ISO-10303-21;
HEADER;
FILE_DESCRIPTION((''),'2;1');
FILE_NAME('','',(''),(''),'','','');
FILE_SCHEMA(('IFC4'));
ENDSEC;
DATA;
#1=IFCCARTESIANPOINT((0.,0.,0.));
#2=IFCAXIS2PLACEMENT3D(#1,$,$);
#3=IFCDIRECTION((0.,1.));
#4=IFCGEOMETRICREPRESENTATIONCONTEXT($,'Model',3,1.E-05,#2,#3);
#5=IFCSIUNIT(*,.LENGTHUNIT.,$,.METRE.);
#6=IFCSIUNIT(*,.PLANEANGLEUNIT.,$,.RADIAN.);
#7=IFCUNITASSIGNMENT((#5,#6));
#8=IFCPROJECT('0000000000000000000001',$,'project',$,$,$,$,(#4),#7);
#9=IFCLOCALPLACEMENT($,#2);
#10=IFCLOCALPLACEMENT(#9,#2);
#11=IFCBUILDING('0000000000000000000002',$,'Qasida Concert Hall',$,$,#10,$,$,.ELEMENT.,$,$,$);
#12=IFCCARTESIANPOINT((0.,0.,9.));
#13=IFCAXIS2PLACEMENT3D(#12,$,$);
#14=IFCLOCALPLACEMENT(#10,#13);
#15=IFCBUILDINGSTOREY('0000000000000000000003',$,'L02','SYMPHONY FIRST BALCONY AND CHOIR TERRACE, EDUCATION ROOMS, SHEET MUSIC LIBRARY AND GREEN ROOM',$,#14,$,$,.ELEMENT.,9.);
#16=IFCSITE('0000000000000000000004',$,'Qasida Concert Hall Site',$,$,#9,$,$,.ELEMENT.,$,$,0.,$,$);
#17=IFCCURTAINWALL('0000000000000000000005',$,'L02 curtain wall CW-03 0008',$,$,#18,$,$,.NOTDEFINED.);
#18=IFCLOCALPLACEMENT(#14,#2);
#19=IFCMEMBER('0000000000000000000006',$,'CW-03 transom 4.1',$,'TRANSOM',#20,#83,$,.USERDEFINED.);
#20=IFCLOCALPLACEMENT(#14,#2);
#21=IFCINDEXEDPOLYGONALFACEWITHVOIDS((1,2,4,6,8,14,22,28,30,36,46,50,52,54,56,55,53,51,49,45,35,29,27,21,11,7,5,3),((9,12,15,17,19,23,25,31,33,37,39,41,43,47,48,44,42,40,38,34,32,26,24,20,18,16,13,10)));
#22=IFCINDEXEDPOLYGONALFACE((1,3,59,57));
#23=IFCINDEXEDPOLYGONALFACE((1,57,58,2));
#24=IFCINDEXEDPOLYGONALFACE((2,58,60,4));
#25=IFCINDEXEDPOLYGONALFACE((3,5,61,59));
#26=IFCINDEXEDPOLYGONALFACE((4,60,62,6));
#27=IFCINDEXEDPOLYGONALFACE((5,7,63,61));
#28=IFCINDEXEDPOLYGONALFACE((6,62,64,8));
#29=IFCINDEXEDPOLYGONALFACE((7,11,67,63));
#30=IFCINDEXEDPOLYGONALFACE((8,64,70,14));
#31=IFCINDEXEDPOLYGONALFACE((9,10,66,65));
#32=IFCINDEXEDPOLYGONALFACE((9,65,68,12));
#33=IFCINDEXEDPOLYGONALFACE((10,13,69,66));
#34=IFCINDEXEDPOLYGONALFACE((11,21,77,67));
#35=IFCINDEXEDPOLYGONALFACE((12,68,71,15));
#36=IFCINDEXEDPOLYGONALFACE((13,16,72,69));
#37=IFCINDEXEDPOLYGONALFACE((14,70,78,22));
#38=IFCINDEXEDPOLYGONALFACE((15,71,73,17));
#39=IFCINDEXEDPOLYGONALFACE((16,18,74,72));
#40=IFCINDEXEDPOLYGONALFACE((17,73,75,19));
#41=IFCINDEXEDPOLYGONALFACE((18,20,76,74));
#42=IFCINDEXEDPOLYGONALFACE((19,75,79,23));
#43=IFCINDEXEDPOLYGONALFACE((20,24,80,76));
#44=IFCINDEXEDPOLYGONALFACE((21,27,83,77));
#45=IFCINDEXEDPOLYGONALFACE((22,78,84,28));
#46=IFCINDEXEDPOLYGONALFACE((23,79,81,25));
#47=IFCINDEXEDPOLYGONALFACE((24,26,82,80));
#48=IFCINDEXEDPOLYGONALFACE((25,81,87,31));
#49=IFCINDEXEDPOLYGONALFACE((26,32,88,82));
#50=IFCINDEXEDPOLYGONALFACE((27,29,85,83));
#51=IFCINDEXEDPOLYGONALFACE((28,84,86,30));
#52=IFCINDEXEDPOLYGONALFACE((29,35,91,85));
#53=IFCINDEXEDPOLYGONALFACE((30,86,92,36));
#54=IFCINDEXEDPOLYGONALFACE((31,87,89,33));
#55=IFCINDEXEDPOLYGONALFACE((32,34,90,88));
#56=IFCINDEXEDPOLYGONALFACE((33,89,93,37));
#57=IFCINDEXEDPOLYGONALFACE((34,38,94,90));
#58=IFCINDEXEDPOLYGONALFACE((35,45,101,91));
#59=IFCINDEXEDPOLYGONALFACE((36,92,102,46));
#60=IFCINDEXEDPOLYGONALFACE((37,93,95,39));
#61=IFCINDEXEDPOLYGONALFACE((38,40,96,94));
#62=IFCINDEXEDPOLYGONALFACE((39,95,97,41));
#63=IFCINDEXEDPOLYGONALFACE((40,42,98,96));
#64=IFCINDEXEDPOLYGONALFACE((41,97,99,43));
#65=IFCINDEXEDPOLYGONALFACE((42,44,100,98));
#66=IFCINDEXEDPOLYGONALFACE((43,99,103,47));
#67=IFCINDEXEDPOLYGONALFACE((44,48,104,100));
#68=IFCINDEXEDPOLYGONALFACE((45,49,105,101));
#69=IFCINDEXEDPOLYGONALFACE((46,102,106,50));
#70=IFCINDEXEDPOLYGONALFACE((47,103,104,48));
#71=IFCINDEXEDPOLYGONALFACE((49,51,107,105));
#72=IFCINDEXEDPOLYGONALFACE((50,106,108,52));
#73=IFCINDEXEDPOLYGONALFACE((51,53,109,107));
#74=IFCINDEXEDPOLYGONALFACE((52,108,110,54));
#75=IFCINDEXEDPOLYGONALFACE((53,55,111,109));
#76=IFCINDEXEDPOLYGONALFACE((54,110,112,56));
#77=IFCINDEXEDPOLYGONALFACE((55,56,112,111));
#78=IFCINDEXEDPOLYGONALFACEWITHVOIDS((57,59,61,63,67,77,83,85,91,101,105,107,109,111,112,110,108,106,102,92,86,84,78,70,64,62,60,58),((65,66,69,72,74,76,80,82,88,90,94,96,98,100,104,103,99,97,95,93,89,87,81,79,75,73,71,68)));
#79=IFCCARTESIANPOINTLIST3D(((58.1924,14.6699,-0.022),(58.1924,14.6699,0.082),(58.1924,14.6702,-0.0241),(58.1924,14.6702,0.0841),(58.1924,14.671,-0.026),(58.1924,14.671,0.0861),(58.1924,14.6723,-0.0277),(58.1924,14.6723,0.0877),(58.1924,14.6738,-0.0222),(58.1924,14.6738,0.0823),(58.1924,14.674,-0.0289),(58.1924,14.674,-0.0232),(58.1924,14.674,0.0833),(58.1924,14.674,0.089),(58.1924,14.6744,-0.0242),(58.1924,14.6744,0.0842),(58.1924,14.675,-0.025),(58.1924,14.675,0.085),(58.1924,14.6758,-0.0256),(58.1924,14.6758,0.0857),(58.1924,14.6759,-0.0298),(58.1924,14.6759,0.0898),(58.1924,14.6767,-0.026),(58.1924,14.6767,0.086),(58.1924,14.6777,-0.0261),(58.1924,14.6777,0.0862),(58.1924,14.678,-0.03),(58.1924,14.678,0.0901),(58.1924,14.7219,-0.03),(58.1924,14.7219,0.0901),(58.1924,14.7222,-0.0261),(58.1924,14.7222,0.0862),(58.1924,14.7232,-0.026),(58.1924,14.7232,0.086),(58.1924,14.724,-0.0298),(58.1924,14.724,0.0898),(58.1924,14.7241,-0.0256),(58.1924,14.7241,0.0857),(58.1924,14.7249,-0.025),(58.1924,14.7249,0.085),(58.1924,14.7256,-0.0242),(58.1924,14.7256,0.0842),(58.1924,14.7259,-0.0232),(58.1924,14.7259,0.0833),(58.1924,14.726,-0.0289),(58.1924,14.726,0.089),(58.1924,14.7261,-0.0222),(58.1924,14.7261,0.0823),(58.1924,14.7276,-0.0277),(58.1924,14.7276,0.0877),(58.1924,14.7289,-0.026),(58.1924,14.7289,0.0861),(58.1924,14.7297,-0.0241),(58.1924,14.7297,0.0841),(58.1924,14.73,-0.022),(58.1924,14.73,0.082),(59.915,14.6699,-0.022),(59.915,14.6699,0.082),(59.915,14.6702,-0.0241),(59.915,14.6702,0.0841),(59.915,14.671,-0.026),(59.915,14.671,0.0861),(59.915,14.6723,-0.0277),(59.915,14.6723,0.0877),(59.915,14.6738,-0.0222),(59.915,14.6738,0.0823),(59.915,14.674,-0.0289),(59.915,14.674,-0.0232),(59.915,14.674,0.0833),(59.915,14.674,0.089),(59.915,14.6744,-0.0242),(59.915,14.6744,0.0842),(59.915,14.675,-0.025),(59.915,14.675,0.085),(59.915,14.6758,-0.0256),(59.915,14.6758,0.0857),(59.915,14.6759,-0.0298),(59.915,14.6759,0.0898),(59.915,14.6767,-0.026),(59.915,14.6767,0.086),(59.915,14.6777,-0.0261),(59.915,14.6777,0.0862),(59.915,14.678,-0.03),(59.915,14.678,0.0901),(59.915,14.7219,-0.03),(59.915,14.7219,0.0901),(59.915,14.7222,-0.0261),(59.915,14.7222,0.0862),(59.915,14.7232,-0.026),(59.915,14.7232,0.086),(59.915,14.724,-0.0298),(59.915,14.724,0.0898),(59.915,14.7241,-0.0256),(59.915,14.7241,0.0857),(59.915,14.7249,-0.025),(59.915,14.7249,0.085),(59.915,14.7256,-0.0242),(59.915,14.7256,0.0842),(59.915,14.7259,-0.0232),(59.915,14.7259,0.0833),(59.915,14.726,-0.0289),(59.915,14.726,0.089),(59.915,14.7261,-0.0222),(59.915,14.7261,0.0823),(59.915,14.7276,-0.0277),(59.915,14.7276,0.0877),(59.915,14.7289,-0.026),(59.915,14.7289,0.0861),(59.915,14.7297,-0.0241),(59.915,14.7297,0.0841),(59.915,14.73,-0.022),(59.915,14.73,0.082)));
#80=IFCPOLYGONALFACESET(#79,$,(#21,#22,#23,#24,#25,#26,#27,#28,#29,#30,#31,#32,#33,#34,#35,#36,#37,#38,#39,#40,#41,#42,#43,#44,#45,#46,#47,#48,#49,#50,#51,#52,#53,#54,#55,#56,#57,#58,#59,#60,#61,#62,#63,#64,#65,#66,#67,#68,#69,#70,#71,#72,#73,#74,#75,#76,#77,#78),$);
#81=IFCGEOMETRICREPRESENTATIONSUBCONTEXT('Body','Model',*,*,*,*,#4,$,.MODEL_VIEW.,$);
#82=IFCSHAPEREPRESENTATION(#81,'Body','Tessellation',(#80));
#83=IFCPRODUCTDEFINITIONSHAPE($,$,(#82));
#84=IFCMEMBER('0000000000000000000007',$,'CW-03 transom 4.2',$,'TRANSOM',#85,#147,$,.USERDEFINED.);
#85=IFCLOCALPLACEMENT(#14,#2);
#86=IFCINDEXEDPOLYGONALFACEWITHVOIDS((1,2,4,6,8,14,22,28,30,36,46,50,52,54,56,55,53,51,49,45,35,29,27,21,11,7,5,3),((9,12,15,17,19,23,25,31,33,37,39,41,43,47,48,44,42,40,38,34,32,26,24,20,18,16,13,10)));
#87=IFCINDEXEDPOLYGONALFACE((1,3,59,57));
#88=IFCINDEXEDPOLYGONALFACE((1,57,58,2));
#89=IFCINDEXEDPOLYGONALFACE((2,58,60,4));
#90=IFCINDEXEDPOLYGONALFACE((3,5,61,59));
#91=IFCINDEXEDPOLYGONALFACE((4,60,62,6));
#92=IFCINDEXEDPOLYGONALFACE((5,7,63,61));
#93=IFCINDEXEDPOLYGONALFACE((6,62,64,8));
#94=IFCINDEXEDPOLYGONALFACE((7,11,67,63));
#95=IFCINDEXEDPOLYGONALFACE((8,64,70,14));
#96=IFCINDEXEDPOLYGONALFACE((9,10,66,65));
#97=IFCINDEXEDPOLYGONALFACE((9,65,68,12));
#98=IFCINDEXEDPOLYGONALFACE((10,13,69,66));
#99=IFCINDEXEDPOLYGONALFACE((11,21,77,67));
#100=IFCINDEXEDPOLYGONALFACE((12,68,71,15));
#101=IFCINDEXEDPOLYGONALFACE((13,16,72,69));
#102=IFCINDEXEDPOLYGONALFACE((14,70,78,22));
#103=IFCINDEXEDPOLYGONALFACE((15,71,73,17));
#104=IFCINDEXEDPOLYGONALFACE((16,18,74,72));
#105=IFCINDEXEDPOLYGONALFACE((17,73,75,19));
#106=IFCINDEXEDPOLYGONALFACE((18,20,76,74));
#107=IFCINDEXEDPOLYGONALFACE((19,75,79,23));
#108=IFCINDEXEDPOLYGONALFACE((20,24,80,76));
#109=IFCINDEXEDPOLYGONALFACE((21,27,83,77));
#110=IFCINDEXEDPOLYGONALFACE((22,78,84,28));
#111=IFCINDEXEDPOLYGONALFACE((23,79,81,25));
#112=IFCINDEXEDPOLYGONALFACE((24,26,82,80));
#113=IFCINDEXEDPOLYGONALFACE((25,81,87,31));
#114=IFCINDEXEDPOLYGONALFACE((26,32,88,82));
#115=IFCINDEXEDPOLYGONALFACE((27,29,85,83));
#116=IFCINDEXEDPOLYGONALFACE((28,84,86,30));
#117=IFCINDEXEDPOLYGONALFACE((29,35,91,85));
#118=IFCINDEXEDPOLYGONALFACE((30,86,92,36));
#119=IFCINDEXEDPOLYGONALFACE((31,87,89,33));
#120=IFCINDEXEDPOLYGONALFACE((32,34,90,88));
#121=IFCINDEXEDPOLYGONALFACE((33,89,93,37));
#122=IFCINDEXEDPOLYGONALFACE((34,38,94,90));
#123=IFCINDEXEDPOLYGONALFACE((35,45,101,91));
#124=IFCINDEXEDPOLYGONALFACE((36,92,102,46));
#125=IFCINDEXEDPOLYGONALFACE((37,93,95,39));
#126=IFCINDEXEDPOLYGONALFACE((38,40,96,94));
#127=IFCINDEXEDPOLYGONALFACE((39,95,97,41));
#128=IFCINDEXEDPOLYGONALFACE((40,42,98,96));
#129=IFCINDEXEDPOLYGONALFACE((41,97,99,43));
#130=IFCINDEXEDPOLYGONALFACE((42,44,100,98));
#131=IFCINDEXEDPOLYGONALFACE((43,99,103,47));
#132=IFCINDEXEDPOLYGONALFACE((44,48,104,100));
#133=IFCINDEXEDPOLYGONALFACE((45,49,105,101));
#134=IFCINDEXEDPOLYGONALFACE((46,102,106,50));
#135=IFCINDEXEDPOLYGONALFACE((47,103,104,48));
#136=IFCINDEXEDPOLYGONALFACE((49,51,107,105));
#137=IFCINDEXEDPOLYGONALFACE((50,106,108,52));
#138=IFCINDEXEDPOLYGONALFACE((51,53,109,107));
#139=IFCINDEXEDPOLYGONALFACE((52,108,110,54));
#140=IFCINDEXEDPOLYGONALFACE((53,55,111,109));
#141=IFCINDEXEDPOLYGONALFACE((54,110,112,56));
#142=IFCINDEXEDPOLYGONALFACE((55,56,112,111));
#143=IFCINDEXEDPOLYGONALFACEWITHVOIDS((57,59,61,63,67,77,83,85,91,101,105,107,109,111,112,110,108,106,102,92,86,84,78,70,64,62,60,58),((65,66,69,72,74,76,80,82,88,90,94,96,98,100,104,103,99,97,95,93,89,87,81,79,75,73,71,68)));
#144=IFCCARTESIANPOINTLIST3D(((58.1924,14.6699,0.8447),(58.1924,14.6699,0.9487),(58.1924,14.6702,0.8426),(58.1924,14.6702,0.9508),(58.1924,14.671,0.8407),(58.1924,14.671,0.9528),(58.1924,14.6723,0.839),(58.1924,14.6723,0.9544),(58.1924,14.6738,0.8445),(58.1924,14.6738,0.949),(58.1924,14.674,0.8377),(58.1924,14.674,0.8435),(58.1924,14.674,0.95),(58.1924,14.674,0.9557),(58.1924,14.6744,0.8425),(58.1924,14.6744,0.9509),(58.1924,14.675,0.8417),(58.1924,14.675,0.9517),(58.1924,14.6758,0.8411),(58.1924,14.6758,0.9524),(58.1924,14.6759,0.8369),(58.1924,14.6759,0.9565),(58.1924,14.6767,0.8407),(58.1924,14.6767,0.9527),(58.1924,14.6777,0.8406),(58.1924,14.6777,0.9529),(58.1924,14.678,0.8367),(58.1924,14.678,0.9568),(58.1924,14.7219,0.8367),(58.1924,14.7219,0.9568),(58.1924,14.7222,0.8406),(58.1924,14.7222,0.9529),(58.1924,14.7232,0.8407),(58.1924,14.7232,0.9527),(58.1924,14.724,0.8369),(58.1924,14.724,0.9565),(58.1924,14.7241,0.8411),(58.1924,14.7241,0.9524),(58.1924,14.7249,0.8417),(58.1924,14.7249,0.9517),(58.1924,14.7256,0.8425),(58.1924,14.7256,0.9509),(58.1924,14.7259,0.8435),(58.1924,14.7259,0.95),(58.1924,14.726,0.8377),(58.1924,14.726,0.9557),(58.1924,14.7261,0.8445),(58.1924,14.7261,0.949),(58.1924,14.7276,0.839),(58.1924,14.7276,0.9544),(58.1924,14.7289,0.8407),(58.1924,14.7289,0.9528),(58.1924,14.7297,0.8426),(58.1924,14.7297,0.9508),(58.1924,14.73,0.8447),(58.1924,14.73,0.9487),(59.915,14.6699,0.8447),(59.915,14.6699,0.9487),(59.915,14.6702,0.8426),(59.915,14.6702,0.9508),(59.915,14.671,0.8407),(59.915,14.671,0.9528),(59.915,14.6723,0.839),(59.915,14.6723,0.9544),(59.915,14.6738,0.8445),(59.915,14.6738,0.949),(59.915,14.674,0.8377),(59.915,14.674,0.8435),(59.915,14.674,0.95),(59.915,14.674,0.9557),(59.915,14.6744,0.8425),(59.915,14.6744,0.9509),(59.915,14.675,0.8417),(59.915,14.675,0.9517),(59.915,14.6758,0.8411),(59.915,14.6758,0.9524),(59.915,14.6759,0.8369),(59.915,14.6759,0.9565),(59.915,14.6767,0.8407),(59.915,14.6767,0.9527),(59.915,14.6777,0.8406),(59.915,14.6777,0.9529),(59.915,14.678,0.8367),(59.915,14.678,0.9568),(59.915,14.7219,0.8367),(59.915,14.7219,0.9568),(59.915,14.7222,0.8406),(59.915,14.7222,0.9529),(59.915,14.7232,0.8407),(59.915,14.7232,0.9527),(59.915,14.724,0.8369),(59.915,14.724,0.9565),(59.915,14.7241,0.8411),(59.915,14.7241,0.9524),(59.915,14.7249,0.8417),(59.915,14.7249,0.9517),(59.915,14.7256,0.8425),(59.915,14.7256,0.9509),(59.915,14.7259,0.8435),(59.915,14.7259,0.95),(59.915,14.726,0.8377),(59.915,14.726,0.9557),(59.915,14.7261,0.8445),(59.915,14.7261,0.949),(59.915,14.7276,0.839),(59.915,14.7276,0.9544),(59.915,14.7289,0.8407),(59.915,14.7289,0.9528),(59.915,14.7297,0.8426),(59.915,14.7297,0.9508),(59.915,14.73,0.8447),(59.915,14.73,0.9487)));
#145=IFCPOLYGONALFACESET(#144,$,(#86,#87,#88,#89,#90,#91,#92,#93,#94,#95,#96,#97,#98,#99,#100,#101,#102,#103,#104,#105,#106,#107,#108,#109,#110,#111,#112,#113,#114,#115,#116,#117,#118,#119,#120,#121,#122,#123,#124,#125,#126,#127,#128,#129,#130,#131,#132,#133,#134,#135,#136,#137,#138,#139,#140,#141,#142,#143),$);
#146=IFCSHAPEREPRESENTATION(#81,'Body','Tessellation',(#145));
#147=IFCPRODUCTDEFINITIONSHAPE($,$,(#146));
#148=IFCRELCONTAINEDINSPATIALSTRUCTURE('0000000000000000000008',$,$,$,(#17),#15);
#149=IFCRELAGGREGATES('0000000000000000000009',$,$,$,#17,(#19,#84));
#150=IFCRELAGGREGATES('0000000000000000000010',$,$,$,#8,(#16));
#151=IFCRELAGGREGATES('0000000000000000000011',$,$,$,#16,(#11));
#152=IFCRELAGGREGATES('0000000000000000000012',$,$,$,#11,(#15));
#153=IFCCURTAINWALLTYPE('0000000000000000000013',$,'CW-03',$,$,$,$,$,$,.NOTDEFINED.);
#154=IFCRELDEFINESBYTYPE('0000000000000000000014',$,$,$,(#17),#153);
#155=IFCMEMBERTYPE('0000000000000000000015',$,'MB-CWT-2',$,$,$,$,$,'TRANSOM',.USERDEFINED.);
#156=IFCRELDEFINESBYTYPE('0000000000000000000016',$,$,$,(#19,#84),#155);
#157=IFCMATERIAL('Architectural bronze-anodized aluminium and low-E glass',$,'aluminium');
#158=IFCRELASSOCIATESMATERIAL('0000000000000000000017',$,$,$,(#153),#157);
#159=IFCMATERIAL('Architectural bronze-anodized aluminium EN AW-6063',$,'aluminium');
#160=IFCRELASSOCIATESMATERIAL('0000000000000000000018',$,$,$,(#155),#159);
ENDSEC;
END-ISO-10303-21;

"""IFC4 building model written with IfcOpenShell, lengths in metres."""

from ifc_helpers import new_model, si_unit, direction, frame, origin, origin_2d, place, context, subcontext, project, spatial, hollow_rectangle, extrude, material, material_profile, profile_set, type_object, element, aggregate, save


model = new_model("IFC4")

# Units and contexts
model_context = context("Model", 3, precision=1e-05, world=origin(), true_north=direction((0.0, 1.0)))
body_context = subcontext(model_context, "Body", "Model", "MODEL_VIEW")
ifc_project = project(units=[si_unit("LENGTHUNIT", "METRE"), si_unit("PLANEANGLEUNIT", "RADIAN")], contexts=[model_context])

# Site, building, storey
site_placement = place(None, origin())
site = spatial("IfcSite", under=ifc_project, at=site_placement, Name="Qasida Concert Hall Site", CompositionType="ELEMENT", RefElevation=0.0)
building_placement = place(site_placement, origin())
building = spatial("IfcBuilding", under=site, at=building_placement, Name="Qasida Concert Hall", CompositionType="ELEMENT")
storey_placement = place(building_placement, frame((0.0, 0.0, 9.0)))
storey = spatial("IfcBuildingStorey", under=building, at=storey_placement, Name="L02", Description="SYMPHONY FIRST BALCONY AND CHOIR TERRACE, EDUCATION ROOMS, SHEET MUSIC LIBRARY AND GREEN ROOM", CompositionType="ELEMENT", Elevation=9.0)

# Curtain wall, members
ifc_material_1 = material(Name="Architectural bronze-anodized aluminium and low-E glass", Category="aluminium")
curtain_wall_type = type_object("IfcCurtainWallType", Name="CW-03", PredefinedType="NOTDEFINED", material=ifc_material_1)
curtain_wall_placement = place(storey_placement, origin())
curtain_wall = element("IfcCurtainWall", 1, at=curtain_wall_placement, inside=storey, type_object=curtain_wall_type, Name="L02 curtain wall CW-03 0008", PredefinedType="NOTDEFINED")
ifc_material_2 = material(Name="Architectural bronze-anodized aluminium EN AW-6063", Category="aluminium")
ifc_material_profile_1 = material_profile(ifc_material_2, hollow_rectangle(XDim=0.0601, YDim=0.1201, WallThickness=0.0039, InnerFilletRadius=0.0039, OuterFilletRadius=0.0081, at=origin_2d()), Name="CWT 120x60x4")
ifc_profile_set_1 = profile_set([ifc_material_profile_1], Name="Architectural bronze-anodized aluminium EN AW-6063")
member_type_1 = type_object("IfcMemberType", Name="MB-CWT-2", ElementType="TRANSOM", PredefinedType="USERDEFINED", material=ifc_profile_set_1)
member_1_placement = place(storey_placement, frame((58.1924, 14.7, 0.03), z_axis=(1.0, 0.0, 0.0), x_axis=(0.0, 1.0, 0.0)))
member_1 = element("IfcMember", 2, at=member_1_placement, type_object=member_type_1, Name="CW-03 transom 4.1", ObjectType="TRANSOM", PredefinedType="USERDEFINED", context=body_context, shape_type="SweptSolid", body=[
    extrude(hollow_rectangle(XDim=0.0601, YDim=0.1201, WallThickness=0.0039, InnerFilletRadius=0.0039, OuterFilletRadius=0.0081, at=origin_2d()), origin(), (0.0, 0.0, 1.0), 1.7227),
])
member_2_placement = place(storey_placement, frame((58.1924, 14.7, 0.8967), z_axis=(1.0, 0.0, 0.0), x_axis=(0.0, 1.0, 0.0)))
member_2 = element("IfcMember", 3, at=member_2_placement, type_object=member_type_1, Name="CW-03 transom 4.2", ObjectType="TRANSOM", PredefinedType="USERDEFINED", context=body_context, shape_type="SweptSolid", body=[
    extrude(hollow_rectangle(XDim=0.0601, YDim=0.1201, WallThickness=0.0039, InnerFilletRadius=0.0039, OuterFilletRadius=0.0081, at=origin_2d()), origin(), (0.0, 0.0, 1.0), 1.7227),
])
aggregate(curtain_wall, [member_1, member_2])

save(model, "model.ifc")
